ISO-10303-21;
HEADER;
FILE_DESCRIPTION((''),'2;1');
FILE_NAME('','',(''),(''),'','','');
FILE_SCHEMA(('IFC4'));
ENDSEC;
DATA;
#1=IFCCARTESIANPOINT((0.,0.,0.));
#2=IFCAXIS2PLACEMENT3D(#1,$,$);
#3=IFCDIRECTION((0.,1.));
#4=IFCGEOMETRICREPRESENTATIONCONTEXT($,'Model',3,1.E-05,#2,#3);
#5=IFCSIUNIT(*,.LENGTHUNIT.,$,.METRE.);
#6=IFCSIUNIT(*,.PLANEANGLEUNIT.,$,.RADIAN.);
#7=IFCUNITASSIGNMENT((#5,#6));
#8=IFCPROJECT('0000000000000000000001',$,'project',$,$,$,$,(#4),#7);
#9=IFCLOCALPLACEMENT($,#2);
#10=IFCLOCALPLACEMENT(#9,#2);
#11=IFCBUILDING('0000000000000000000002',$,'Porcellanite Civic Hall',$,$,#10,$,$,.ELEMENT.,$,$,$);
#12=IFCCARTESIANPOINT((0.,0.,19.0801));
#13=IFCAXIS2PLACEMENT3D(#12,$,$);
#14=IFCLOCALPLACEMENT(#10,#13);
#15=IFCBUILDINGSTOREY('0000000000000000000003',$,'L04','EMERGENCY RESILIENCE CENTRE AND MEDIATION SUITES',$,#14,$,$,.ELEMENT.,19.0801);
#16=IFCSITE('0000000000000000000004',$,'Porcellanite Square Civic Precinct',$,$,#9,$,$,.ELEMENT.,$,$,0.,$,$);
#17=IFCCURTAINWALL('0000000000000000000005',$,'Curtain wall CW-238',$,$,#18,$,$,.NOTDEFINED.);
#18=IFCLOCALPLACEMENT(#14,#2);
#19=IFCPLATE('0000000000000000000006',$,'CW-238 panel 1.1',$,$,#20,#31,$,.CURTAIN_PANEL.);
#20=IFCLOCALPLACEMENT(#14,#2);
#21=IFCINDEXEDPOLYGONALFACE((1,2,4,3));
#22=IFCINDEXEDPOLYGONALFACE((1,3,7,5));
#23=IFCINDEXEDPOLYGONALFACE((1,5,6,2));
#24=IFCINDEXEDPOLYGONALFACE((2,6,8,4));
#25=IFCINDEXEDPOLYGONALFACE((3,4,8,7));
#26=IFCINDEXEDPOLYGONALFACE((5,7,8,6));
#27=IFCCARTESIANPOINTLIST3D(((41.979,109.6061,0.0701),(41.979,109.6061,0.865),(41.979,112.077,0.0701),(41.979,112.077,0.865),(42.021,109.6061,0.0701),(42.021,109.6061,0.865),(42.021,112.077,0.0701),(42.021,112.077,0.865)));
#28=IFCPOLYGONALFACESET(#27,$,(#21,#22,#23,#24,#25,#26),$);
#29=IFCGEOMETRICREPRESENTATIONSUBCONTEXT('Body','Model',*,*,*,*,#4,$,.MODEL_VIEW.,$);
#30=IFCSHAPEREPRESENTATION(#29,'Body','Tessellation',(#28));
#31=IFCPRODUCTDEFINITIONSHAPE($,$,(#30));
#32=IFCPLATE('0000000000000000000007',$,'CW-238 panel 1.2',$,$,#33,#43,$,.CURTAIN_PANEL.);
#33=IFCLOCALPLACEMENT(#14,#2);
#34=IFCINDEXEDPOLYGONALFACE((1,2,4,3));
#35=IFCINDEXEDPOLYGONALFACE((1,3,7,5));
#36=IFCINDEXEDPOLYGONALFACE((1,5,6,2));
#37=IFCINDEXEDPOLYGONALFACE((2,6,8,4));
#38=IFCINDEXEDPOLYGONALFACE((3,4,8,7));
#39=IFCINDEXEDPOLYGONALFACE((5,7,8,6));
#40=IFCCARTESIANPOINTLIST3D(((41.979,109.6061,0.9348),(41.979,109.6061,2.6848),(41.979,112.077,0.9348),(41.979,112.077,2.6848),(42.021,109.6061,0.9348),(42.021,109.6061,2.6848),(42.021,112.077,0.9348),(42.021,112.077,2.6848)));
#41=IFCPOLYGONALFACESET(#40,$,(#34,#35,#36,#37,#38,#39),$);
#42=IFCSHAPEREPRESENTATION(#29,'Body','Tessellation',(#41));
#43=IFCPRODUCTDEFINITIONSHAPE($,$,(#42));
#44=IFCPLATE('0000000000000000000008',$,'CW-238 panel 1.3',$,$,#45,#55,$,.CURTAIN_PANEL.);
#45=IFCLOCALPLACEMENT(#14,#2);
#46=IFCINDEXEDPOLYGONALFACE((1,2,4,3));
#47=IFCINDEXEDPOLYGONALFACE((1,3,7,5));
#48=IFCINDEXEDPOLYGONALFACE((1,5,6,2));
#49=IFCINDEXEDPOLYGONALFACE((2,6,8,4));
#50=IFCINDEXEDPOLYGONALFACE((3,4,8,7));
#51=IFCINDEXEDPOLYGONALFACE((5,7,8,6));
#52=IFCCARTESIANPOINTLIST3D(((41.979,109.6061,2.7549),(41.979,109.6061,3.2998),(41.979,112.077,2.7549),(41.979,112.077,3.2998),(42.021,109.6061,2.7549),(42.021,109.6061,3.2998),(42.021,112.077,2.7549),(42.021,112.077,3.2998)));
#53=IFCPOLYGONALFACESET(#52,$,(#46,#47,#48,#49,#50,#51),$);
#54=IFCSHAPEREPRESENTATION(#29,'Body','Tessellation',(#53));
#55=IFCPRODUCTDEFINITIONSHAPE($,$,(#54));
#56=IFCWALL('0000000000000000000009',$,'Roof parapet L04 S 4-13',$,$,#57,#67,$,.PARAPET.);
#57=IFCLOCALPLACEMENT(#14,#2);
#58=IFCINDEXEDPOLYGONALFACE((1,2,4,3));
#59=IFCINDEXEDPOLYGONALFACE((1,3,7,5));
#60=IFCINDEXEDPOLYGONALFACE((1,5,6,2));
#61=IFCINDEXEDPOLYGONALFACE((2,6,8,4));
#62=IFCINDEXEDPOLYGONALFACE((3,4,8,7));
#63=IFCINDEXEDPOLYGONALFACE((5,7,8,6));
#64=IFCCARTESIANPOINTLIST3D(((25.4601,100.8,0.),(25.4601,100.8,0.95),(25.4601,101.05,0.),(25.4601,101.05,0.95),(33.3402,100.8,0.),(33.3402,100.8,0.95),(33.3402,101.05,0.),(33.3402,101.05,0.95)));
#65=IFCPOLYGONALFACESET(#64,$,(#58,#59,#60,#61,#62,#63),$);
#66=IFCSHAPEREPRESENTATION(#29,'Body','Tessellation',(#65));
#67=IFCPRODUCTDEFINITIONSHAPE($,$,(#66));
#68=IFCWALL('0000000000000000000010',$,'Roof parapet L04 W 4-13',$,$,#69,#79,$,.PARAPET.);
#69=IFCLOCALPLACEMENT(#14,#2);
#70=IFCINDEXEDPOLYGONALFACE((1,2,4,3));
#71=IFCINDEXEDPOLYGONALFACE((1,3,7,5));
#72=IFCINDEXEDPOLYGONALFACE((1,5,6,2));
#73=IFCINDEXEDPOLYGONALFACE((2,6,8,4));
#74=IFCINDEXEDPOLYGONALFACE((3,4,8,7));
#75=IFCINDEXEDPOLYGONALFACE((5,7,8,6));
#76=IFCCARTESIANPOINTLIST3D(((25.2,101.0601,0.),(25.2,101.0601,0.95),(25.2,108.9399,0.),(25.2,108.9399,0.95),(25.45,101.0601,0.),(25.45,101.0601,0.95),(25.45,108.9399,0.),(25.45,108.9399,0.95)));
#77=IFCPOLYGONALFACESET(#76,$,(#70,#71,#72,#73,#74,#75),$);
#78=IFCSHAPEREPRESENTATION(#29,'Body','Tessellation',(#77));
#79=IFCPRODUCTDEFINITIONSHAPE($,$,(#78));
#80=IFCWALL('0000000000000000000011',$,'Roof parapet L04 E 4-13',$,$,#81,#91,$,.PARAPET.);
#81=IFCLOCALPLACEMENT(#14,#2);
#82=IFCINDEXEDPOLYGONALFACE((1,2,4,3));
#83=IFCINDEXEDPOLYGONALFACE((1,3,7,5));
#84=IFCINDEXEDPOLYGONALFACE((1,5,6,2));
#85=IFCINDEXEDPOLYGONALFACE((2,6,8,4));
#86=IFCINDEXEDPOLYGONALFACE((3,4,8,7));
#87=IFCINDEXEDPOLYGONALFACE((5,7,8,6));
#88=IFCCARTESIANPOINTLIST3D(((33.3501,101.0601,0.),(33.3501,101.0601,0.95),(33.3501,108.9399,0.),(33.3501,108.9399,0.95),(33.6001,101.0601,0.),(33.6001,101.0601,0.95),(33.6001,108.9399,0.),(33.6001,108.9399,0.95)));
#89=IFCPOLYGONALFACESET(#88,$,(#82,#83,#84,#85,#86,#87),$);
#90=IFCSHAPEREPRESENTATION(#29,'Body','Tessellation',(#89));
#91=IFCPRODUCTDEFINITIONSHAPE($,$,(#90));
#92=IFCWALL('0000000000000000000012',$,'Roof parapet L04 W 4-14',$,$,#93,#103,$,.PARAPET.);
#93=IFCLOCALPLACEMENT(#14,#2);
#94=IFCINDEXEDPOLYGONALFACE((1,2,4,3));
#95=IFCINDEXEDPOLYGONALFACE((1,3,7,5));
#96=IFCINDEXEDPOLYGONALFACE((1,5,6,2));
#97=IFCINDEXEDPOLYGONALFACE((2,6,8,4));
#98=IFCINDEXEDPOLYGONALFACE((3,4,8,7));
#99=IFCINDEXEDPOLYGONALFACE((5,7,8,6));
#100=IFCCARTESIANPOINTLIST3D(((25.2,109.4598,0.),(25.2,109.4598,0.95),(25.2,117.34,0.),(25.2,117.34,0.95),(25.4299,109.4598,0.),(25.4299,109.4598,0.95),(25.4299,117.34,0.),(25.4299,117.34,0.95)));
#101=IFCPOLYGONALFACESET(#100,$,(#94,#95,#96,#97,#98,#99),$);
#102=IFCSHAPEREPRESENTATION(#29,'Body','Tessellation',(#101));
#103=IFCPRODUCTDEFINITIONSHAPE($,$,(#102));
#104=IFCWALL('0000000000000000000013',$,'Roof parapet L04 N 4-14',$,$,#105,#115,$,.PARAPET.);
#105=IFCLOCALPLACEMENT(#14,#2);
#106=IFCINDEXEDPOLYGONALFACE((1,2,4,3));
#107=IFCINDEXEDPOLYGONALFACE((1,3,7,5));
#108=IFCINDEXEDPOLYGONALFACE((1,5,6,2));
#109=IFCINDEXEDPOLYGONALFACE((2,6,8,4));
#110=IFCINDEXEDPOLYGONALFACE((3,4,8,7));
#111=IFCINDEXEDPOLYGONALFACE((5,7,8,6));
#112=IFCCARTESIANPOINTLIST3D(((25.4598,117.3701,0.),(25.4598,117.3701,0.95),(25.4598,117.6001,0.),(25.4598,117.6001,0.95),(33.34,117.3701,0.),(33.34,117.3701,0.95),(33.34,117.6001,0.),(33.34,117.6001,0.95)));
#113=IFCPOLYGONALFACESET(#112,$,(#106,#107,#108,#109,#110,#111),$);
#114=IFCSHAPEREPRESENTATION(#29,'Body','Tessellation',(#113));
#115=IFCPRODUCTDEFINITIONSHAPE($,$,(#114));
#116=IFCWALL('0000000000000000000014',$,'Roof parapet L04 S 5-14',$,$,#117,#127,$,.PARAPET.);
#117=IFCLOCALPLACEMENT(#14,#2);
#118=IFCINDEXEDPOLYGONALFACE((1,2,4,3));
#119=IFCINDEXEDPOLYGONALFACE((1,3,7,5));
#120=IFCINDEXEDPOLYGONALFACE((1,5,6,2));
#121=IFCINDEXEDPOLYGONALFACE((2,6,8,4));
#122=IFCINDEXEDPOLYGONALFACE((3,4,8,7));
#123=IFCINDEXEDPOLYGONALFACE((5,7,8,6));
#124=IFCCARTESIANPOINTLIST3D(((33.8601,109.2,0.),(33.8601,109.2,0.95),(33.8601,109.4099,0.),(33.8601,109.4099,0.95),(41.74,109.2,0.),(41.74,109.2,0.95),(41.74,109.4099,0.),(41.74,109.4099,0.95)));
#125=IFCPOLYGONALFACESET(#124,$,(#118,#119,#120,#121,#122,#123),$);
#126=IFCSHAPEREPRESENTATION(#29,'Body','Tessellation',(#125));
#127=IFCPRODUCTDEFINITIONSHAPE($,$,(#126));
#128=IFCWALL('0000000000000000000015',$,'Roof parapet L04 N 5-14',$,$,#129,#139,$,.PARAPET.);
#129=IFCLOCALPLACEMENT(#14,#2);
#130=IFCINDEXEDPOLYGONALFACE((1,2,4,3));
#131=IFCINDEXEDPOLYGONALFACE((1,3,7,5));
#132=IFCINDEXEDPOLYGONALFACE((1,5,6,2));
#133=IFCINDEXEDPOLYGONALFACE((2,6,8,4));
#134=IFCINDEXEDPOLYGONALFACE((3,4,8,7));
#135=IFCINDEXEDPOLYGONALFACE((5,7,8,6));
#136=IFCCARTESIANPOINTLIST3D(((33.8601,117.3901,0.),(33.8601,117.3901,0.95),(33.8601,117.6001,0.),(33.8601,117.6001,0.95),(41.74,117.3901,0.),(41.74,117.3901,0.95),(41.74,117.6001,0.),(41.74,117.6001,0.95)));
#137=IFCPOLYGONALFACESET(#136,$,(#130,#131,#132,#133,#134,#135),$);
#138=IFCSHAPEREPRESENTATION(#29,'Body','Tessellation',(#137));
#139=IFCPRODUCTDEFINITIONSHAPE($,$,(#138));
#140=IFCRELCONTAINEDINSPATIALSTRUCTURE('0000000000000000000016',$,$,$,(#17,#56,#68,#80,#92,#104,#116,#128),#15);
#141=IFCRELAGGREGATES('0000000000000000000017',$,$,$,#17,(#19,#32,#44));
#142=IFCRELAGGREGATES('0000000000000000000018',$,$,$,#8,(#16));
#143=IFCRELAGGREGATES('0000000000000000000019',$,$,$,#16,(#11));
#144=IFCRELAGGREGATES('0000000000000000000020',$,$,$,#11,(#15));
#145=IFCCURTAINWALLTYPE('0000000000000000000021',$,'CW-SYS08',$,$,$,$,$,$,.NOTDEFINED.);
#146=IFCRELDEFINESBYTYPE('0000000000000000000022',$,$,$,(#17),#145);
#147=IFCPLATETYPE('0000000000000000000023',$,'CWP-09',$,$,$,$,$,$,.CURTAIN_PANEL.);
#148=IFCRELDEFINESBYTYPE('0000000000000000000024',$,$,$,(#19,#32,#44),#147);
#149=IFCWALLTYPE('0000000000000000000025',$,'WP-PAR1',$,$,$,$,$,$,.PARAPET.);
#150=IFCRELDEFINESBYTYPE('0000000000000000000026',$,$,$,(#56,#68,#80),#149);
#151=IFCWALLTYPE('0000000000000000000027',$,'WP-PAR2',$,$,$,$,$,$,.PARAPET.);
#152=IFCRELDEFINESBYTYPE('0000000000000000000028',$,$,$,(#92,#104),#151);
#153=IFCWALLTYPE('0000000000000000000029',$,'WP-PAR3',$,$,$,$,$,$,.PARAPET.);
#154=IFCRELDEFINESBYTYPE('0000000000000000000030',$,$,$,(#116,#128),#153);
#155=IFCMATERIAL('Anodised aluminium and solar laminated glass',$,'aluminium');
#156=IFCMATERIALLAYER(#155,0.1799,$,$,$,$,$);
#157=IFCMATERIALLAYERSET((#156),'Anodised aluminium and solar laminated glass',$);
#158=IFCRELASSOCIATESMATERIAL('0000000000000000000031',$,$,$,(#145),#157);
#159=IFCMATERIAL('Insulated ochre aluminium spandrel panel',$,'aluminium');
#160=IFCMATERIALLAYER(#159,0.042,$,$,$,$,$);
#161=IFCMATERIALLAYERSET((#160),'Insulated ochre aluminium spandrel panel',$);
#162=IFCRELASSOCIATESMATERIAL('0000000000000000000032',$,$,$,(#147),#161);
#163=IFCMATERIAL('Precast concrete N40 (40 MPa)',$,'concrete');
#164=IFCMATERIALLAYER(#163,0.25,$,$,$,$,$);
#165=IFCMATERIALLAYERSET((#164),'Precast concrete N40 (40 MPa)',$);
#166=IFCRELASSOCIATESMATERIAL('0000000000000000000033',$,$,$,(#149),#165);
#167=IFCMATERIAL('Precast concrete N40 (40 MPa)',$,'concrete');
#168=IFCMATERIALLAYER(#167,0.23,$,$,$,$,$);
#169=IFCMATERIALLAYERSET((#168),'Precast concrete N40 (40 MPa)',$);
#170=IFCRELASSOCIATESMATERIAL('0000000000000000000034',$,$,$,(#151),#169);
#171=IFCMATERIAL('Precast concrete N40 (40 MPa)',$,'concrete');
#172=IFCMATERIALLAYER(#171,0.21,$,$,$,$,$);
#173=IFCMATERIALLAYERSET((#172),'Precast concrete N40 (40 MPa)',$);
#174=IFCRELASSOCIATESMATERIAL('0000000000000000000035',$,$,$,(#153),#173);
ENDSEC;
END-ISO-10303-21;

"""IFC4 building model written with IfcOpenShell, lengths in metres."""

from ifc_helpers import new_model, si_unit, direction, frame, frame_2d, origin, origin_2d, place, context, subcontext, project, spatial, rectangle, extrude, material, layer, layer_set, type_object, element, aggregate, save


model = new_model("IFC4")

# Units and contexts
model_context = context("Model", 3, precision=1e-05, world=origin(), true_north=direction((0.0, 1.0)))
body_context = subcontext(model_context, "Body", "Model", "MODEL_VIEW")
ifc_project = project(units=[si_unit("LENGTHUNIT", "METRE"), si_unit("PLANEANGLEUNIT", "RADIAN")], contexts=[model_context])

# Site, building, storey
site_placement = place(None, origin())
site = spatial("IfcSite", under=ifc_project, at=site_placement, Name="Porcellanite Square Civic Precinct", CompositionType="ELEMENT", RefElevation=0.0)
building_placement = place(site_placement, origin())
building = spatial("IfcBuilding", under=site, at=building_placement, Name="Porcellanite Civic Hall", CompositionType="ELEMENT")
storey_placement = place(building_placement, frame((0.0, 0.0, 19.0801)))
storey = spatial("IfcBuildingStorey", under=building, at=storey_placement, Name="L04", Description="EMERGENCY RESILIENCE CENTRE AND MEDIATION SUITES", CompositionType="ELEMENT", Elevation=19.0801)

# Curtain wall
ifc_material_1 = material(Name="Anodised aluminium and solar laminated glass", Category="aluminium")
ifc_layer_1 = layer(ifc_material_1, 0.1799)
ifc_layer_set_1 = layer_set([ifc_layer_1], Name="Anodised aluminium and solar laminated glass")
curtain_wall_type = type_object("IfcCurtainWallType", Name="CW-SYS08", PredefinedType="NOTDEFINED", material=ifc_layer_set_1)
curtain_wall_placement = place(storey_placement, origin())
curtain_wall = element("IfcCurtainWall", 1, at=curtain_wall_placement, inside=storey, type_object=curtain_wall_type, Name="Curtain wall CW-238", PredefinedType="NOTDEFINED")

# Plates
ifc_material_2 = material(Name="Insulated ochre aluminium spandrel panel", Category="aluminium")
ifc_layer_2 = layer(ifc_material_2, 0.042)
ifc_layer_set_2 = layer_set([ifc_layer_2], Name="Insulated ochre aluminium spandrel panel")
plate_type = type_object("IfcPlateType", Name="CWP-09", PredefinedType="CURTAIN_PANEL", material=ifc_layer_set_2)
plate_1_placement = place(storey_placement, frame((42.0, 110.8416, 0.0701), z_axis=(0.0, 0.0, 1.0), x_axis=(0.0, 1.0, 0.0)))
plate_1 = element("IfcPlate", 2, at=plate_1_placement, type_object=plate_type, Name="CW-238 panel 1.1", PredefinedType="CURTAIN_PANEL", context=body_context, shape_type="SweptSolid", body=[
    extrude(rectangle(XDim=2.4709, YDim=0.042, at=origin_2d()), origin(), (0.0, 0.0, 1.0), 0.7949),
])
plate_2_placement = place(storey_placement, frame((42.0, 110.8416, 0.9348), z_axis=(0.0, 0.0, 1.0), x_axis=(0.0, 1.0, 0.0)))
plate_2 = element("IfcPlate", 3, at=plate_2_placement, type_object=plate_type, Name="CW-238 panel 1.2", PredefinedType="CURTAIN_PANEL", context=body_context, shape_type="SweptSolid", body=[
    extrude(rectangle(XDim=2.4709, YDim=0.042, at=origin_2d()), origin(), (0.0, 0.0, 1.0), 1.75),
])
plate_3_placement = place(storey_placement, frame((42.0, 110.8416, 2.7549), z_axis=(0.0, 0.0, 1.0), x_axis=(0.0, 1.0, 0.0)))
plate_3 = element("IfcPlate", 4, at=plate_3_placement, type_object=plate_type, Name="CW-238 panel 1.3", PredefinedType="CURTAIN_PANEL", context=body_context, shape_type="SweptSolid", body=[
    extrude(rectangle(XDim=2.4709, YDim=0.042, at=origin_2d()), origin(), (0.0, 0.0, 1.0), 0.5449),
])
aggregate(curtain_wall, [plate_1, plate_2, plate_3])

# Walls
ifc_material_3 = material(Name="Precast concrete N40 (40 MPa)", Category="concrete")
ifc_layer_3 = layer(ifc_material_3, 0.25)
ifc_layer_set_3 = layer_set([ifc_layer_3], Name="Precast concrete N40 (40 MPa)")
wall_type_1 = type_object("IfcWallType", Name="WP-PAR1", PredefinedType="PARAPET", material=ifc_layer_set_3)
wall_1_placement = place(storey_placement, frame((33.3401, 100.925, 0.0), z_axis=(0.0, 0.0, 1.0), x_axis=(-1.0, 0.0, 0.0)))
element("IfcWall", 5, at=wall_1_placement, inside=storey, type_object=wall_type_1, Name="Roof parapet L04 S 4-13", PredefinedType="PARAPET", context=body_context, shape_type="SweptSolid", body=[
    extrude(rectangle(XDim=7.8801, YDim=0.25, at=frame_2d((3.9399, 0.0))), origin(), (0.0, 0.0, 1.0), 0.95),
])
for number, where, z_axis, x_axis, name in (
    (6, (25.325, 101.0601, 0.0), (0.0, 0.0, 1.0), (0.0, 1.0, 0.0), "Roof parapet L04 W 4-13"),
    (7, (33.4751, 108.9399, 0.0), (0.0, 0.0, 1.0), (0.0, -1.0, 0.0), "Roof parapet L04 E 4-13"),
):
    element("IfcWall", number, at=place(storey_placement, frame(where, z_axis=z_axis, x_axis=x_axis)), inside=storey, type_object=wall_type_1, Name=name, PredefinedType="PARAPET", context=body_context, shape_type="SweptSolid", body=[
        extrude(rectangle(XDim=7.8799, YDim=0.25, at=frame_2d((3.9399, 0.0))), origin(), (0.0, 0.0, 1.0), 0.95),
    ])
ifc_material_4 = material(Name="Precast concrete N40 (40 MPa)", Category="concrete")
ifc_layer_4 = layer(ifc_material_4, 0.23)
ifc_layer_set_4 = layer_set([ifc_layer_4], Name="Precast concrete N40 (40 MPa)")
wall_type_2 = type_object("IfcWallType", Name="WP-PAR2", PredefinedType="PARAPET", material=ifc_layer_set_4)
for number, where, z_axis, x_axis, name in (
    (8, (25.3149, 109.46, 0.0), (0.0, 0.0, 1.0), (0.0, 1.0, 0.0), "Roof parapet L04 W 4-14"),
    (9, (25.46, 117.4851, 0.0), (0.0, 0.0, 1.0), (1.0, 0.0, 0.0), "Roof parapet L04 N 4-14"),
):
    element("IfcWall", number, at=place(storey_placement, frame(where, z_axis=z_axis, x_axis=x_axis)), inside=storey, type_object=wall_type_2, Name=name, PredefinedType="PARAPET", context=body_context, shape_type="SweptSolid", body=[
        extrude(rectangle(XDim=7.8801, YDim=0.23, at=frame_2d((3.9399, 0.0))), origin(), (0.0, 0.0, 1.0), 0.95),
    ])
ifc_material_5 = material(Name="Precast concrete N40 (40 MPa)", Category="concrete")
ifc_layer_5 = layer(ifc_material_5, 0.21)
ifc_layer_set_5 = layer_set([ifc_layer_5], Name="Precast concrete N40 (40 MPa)")
wall_type_3 = type_object("IfcWallType", Name="WP-PAR3", PredefinedType="PARAPET", material=ifc_layer_set_5)
for number, where, z_axis, x_axis, name in (
    (10, (41.74, 109.3049, 0.0), (0.0, 0.0, 1.0), (-1.0, 0.0, 0.0), "Roof parapet L04 S 5-14"),
    (11, (33.8601, 117.4951, 0.0), (0.0, 0.0, 1.0), (1.0, 0.0, 0.0), "Roof parapet L04 N 5-14"),
):
    element("IfcWall", number, at=place(storey_placement, frame(where, z_axis=z_axis, x_axis=x_axis)), inside=storey, type_object=wall_type_3, Name=name, PredefinedType="PARAPET", context=body_context, shape_type="SweptSolid", body=[
        extrude(rectangle(XDim=7.8799, YDim=0.21, at=frame_2d((3.9399, 0.0))), origin(), (0.0, 0.0, 1.0), 0.95),
    ])

save(model, "model.ifc")
